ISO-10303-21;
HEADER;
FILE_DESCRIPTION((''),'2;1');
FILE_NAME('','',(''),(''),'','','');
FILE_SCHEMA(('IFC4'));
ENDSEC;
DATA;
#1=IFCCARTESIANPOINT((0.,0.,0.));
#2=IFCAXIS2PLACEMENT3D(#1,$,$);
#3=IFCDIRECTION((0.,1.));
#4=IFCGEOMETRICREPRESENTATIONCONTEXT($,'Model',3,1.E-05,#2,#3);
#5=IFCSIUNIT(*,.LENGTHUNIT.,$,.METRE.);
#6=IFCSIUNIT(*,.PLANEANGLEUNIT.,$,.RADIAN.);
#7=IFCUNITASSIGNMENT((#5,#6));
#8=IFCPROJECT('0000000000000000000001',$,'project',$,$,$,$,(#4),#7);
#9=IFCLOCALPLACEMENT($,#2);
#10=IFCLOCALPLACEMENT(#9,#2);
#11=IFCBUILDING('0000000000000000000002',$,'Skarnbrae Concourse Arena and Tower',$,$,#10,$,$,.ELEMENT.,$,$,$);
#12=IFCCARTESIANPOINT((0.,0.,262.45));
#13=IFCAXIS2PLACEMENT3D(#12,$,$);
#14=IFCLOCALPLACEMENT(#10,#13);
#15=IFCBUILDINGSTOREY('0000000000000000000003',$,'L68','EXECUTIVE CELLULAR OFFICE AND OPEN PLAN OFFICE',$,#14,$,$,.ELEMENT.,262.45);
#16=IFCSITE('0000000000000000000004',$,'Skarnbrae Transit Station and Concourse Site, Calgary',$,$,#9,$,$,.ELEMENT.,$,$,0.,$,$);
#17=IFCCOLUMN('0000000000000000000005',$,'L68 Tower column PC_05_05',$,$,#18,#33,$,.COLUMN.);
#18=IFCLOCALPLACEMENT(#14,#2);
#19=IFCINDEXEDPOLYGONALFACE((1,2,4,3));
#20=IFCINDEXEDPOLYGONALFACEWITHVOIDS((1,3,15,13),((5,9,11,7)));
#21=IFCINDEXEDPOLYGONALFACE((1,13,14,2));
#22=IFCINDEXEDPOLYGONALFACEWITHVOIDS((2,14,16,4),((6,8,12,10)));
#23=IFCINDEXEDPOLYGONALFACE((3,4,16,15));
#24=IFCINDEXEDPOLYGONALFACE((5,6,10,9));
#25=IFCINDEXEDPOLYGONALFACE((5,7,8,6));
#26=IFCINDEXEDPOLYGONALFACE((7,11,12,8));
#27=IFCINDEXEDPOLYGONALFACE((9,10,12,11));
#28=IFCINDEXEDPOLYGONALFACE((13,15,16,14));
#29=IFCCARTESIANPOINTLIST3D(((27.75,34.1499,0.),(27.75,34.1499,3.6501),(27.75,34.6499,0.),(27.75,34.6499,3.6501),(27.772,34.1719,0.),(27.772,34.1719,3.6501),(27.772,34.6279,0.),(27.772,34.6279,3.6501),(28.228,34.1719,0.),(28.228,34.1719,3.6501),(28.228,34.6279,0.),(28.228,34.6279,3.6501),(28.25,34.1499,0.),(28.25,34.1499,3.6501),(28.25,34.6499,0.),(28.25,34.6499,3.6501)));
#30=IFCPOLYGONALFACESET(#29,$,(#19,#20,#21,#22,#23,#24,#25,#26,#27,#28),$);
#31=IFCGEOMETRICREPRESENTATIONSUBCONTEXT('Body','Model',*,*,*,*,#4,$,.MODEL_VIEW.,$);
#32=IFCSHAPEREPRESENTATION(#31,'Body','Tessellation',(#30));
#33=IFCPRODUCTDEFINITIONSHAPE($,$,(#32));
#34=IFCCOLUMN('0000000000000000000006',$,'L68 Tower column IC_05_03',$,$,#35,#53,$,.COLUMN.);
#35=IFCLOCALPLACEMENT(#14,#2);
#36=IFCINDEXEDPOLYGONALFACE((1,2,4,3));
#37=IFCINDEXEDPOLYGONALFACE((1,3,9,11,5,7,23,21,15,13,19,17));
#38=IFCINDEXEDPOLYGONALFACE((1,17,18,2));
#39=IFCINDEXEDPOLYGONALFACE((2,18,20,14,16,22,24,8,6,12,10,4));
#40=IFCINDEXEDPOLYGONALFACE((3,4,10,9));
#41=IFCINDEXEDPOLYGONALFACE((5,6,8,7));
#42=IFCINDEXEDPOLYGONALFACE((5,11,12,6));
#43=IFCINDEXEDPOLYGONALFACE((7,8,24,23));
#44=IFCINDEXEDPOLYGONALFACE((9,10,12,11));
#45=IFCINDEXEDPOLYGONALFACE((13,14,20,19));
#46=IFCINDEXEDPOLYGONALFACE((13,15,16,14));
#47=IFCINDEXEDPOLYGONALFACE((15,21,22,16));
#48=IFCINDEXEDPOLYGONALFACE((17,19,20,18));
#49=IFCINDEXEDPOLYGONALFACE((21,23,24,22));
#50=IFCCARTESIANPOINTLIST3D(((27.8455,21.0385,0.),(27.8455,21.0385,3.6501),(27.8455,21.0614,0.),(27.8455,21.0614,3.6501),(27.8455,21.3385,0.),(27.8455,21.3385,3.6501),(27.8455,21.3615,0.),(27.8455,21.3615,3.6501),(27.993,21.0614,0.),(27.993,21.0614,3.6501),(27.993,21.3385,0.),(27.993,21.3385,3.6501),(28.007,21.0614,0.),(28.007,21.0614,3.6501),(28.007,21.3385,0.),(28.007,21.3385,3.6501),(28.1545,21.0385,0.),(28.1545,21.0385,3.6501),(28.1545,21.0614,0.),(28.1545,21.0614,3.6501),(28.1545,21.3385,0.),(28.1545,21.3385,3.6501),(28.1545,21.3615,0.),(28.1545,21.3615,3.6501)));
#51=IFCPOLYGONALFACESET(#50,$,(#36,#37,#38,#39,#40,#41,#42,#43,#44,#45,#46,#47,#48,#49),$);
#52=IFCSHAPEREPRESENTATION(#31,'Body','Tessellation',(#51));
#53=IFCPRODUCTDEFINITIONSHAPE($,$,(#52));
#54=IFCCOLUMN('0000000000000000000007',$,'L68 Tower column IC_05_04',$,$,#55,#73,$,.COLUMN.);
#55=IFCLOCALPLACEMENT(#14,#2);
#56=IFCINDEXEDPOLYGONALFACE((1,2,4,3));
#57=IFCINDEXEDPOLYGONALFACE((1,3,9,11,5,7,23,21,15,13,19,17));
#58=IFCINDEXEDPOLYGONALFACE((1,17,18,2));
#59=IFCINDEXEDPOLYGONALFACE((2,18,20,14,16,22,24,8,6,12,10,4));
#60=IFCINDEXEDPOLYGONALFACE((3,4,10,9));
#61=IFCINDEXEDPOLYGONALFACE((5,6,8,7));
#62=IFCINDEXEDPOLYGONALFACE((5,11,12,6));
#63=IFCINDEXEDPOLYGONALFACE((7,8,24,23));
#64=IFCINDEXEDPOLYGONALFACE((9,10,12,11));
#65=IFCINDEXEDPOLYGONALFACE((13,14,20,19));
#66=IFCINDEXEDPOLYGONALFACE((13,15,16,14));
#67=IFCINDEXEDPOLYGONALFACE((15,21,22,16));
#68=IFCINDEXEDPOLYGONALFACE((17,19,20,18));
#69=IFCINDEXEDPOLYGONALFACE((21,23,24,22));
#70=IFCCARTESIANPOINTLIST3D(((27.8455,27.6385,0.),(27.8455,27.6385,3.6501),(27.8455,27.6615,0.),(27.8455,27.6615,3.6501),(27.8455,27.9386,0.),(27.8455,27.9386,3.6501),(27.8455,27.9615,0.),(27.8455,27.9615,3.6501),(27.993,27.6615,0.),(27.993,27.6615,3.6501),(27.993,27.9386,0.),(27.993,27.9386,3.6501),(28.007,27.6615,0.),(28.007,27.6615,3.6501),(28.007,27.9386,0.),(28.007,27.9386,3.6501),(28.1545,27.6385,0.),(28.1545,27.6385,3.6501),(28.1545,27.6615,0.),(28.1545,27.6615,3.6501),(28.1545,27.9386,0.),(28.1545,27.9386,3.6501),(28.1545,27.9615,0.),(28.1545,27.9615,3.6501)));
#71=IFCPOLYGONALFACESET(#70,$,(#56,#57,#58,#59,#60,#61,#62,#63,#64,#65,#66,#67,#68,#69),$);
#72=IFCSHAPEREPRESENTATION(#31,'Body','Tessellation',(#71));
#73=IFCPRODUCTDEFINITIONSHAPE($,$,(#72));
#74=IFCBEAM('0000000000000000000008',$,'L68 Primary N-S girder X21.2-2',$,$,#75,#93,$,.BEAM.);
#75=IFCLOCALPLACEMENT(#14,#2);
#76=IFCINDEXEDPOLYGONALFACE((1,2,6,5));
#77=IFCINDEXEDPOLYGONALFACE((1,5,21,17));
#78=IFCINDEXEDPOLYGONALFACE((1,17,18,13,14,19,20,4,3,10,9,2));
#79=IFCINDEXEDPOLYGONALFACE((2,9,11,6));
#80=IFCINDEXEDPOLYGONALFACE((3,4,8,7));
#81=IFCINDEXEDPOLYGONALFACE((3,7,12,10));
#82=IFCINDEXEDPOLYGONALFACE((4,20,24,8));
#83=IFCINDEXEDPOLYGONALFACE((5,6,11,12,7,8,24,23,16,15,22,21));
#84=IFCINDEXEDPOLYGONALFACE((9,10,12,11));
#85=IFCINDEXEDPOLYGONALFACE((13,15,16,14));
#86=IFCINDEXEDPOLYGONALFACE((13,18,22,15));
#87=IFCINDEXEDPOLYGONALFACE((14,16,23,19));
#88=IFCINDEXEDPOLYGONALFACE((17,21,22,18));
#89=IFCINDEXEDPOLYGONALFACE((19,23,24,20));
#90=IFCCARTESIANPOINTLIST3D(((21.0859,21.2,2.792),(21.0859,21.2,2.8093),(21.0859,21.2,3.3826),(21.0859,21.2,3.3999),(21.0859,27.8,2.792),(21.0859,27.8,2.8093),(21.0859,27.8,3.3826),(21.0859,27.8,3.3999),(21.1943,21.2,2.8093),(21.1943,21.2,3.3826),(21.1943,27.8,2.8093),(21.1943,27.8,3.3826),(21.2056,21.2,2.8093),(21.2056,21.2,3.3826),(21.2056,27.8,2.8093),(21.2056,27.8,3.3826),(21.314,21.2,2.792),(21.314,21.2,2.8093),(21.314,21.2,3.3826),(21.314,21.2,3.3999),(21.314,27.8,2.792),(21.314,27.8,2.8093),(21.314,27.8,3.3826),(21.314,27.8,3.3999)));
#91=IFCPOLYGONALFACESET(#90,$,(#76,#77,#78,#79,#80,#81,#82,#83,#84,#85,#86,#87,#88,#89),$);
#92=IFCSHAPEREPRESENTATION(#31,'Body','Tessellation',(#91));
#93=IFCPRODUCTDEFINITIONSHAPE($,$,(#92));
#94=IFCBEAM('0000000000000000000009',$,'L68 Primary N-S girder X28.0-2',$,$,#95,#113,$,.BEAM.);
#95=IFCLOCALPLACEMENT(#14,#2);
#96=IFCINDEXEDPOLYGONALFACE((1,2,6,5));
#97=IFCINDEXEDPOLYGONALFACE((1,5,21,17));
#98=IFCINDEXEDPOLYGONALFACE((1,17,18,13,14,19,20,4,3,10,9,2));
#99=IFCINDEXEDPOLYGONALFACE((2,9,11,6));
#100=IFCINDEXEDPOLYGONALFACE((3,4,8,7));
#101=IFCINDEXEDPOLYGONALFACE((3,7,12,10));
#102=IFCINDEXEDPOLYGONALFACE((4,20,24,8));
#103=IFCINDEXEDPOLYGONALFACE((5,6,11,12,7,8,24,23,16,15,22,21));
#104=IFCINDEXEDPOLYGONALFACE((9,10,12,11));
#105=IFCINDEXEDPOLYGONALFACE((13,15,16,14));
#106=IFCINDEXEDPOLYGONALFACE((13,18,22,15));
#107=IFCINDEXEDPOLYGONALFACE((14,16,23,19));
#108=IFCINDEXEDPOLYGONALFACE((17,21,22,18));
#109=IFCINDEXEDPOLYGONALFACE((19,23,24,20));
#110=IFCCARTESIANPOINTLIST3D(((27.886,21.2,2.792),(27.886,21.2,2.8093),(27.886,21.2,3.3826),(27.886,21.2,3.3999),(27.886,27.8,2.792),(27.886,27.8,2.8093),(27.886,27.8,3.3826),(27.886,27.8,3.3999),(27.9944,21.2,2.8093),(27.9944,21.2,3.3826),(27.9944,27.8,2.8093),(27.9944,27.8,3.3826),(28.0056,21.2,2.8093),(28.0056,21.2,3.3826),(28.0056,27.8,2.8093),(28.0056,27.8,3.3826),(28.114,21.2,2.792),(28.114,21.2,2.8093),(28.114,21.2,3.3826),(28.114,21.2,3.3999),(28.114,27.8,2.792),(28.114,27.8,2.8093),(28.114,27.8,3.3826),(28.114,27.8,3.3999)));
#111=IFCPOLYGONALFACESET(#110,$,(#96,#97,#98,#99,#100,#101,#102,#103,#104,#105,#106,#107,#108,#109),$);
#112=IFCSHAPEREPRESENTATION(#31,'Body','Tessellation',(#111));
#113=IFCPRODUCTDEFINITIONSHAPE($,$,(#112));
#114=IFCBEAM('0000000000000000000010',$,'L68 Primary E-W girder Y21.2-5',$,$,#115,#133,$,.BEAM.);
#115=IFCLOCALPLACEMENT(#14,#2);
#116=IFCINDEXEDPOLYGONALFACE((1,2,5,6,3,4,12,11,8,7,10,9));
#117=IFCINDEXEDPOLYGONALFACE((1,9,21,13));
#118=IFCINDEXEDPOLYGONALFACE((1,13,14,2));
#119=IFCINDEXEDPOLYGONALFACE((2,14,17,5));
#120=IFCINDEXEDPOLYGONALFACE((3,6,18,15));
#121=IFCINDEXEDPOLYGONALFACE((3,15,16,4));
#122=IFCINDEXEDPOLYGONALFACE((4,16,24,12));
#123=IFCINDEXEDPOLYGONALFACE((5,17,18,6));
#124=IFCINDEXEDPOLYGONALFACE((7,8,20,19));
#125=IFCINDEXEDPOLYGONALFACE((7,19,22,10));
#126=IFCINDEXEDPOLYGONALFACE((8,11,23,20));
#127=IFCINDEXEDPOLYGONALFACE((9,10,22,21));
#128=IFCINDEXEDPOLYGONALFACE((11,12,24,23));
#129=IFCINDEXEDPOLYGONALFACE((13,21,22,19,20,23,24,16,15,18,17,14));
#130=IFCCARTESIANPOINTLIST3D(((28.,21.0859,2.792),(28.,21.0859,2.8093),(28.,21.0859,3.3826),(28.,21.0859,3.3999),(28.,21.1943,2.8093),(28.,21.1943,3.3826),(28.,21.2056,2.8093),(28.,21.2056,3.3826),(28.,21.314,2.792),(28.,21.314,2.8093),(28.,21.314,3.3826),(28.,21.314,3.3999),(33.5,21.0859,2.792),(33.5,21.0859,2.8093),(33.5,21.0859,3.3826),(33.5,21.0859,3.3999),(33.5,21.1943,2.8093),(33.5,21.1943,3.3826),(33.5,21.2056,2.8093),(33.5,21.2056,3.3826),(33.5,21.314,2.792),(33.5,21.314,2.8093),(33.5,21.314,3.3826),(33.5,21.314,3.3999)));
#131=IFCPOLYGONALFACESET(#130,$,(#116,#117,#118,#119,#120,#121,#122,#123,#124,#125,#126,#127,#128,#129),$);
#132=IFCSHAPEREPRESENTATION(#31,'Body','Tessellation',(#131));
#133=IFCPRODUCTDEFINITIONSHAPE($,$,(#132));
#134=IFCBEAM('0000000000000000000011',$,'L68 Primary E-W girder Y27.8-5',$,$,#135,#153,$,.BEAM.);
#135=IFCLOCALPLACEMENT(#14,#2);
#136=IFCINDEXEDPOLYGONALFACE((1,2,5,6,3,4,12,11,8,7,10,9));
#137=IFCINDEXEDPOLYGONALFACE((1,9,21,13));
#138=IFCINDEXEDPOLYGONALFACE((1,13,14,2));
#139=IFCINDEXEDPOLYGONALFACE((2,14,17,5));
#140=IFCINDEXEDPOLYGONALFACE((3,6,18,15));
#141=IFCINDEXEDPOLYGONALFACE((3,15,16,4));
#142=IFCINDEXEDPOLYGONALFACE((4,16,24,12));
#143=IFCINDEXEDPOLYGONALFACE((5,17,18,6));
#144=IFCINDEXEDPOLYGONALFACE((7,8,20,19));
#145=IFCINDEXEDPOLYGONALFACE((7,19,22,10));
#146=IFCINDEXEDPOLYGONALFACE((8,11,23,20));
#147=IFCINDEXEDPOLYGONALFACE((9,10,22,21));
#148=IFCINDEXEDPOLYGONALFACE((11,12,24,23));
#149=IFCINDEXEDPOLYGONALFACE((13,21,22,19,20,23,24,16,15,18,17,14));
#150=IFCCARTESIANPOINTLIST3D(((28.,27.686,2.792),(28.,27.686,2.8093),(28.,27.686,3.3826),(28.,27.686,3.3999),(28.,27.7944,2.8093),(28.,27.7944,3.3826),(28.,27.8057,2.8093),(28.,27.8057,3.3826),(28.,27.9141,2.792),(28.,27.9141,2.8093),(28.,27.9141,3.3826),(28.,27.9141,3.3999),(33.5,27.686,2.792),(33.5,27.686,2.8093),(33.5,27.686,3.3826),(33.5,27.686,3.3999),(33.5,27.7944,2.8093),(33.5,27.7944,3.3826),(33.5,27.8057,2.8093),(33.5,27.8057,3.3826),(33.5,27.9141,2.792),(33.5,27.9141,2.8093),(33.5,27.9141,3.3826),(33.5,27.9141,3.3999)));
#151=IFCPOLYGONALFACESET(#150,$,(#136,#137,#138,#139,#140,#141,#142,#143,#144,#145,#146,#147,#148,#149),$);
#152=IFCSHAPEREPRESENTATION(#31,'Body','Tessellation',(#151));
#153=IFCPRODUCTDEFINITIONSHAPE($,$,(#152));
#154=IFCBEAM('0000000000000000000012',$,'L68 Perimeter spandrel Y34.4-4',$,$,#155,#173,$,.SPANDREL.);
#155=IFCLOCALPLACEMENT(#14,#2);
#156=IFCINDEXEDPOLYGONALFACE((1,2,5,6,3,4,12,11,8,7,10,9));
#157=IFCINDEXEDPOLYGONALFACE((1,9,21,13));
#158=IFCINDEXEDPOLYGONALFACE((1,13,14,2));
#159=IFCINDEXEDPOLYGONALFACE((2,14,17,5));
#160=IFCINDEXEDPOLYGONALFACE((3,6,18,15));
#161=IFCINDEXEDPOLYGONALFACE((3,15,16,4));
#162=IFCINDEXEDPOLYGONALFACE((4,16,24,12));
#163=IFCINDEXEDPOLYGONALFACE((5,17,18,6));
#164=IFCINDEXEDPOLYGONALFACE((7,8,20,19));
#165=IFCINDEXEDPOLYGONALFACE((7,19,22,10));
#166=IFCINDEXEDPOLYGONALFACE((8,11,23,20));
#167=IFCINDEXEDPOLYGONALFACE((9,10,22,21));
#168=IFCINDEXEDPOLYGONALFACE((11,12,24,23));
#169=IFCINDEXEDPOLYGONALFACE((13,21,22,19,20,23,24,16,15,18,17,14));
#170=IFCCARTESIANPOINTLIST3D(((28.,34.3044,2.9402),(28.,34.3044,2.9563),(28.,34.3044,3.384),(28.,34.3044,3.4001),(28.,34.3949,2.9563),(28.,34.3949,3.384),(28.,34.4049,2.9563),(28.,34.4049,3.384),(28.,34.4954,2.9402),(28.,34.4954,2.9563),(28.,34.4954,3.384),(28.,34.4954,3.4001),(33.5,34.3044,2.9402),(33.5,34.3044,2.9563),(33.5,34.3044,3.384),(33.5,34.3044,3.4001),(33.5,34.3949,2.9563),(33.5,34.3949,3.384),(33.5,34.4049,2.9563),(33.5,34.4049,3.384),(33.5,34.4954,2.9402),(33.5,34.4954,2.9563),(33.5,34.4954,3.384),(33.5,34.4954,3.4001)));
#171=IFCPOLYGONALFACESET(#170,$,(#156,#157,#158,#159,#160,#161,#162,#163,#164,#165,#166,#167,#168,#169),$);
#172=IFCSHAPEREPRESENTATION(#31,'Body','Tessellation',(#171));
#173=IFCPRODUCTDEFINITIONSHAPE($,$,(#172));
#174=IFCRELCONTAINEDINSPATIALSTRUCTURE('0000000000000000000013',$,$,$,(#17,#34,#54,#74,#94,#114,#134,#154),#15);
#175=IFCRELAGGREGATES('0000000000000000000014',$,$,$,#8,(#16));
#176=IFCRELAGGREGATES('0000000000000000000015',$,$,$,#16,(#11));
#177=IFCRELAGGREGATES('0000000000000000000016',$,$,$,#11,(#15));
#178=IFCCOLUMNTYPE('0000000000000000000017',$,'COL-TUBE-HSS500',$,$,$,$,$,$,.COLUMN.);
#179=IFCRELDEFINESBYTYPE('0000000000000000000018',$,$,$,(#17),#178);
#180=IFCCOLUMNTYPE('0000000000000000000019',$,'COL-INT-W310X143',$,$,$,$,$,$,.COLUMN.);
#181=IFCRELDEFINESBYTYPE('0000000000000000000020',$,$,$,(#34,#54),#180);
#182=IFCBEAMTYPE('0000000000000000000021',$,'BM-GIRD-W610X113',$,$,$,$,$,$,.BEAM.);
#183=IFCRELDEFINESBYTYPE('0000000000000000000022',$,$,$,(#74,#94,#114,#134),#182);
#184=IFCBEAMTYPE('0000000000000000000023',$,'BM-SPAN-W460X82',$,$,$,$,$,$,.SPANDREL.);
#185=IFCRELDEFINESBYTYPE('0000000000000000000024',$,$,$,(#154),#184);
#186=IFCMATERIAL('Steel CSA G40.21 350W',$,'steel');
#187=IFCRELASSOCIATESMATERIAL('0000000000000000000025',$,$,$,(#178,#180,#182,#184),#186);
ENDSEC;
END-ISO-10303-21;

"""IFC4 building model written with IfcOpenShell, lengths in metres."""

from ifc_helpers import new_model, si_unit, direction, frame, origin, origin_2d, place, context, subcontext, project, spatial, hollow_rectangle, i_section, extrude, source, transform, mapped, material, material_profile, profile_set, type_object, element, save


model = new_model("IFC4")

# Units and contexts
model_context = context("Model", 3, precision=1e-05, world=origin(), true_north=direction((0.0, 1.0)))
body_context = subcontext(model_context, "Body", "Model", "MODEL_VIEW")
ifc_project = project(units=[si_unit("LENGTHUNIT", "METRE"), si_unit("PLANEANGLEUNIT", "RADIAN")], contexts=[model_context])

# Site, building, storey
site_placement = place(None, origin())
site = spatial("IfcSite", under=ifc_project, at=site_placement, Name="Skarnbrae Transit Station and Concourse Site, Calgary", CompositionType="ELEMENT", RefElevation=0.0)
building_placement = place(site_placement, origin())
building = spatial("IfcBuilding", under=site, at=building_placement, Name="Skarnbrae Concourse Arena and Tower", CompositionType="ELEMENT")
storey_placement = place(building_placement, frame((0.0, 0.0, 262.45)))
storey = spatial("IfcBuildingStorey", under=building, at=storey_placement, Name="L68", Description="EXECUTIVE CELLULAR OFFICE AND OPEN PLAN OFFICE", CompositionType="ELEMENT", Elevation=262.45)

# Columns
ifc_material_1 = material(Name="Steel CSA G40.21 350W", Category="steel")
ifc_material_profile_1 = material_profile(ifc_material_1, hollow_rectangle(XDim=0.5, YDim=0.5, WallThickness=0.022, at=origin_2d()), Name="HSS500X500X22.0")
ifc_profile_set_1 = profile_set([ifc_material_profile_1], Name="Steel CSA G40.21 350W")
column_type_1 = type_object("IfcColumnType", Name="COL-TUBE-HSS500", PredefinedType="COLUMN", material=ifc_profile_set_1)
shared_shape_1 = source(origin(), body_context, "Body", "SweptSolid", [
    extrude(hollow_rectangle(XDim=0.5, YDim=0.5, WallThickness=0.022, at=origin_2d()), origin(), (0.0, 0.0, 1.0), 3.6501),
])
column_placement = place(storey_placement, frame((28.0, 34.3999, 0.0), z_axis=(0.0, 0.0, 1.0), x_axis=(1.0, 0.0, 0.0)))
element("IfcColumn", 1, at=column_placement, inside=storey, type_object=column_type_1, Name="L68 Tower column PC_05_05", PredefinedType="COLUMN", context=body_context, shape_type="MappedRepresentation", body=[
    mapped(shared_shape_1, transform((0.0, 0.0, 0.0))),
])
ifc_material_profile_2 = material_profile(ifc_material_1, i_section(OverallWidth=0.3091, OverallDepth=0.323, WebThickness=0.0139, FlangeThickness=0.0229, at=origin_2d()), Name="W310X143")
ifc_profile_set_2 = profile_set([ifc_material_profile_2], Name="Steel CSA G40.21 350W")
column_type_2 = type_object("IfcColumnType", Name="COL-INT-W310X143", PredefinedType="COLUMN", material=ifc_profile_set_2)
shared_shape_2 = source(origin(), body_context, "Body", "SweptSolid", [
    extrude(i_section(OverallWidth=0.3091, OverallDepth=0.323, WebThickness=0.0139, FlangeThickness=0.0229, at=origin_2d()), origin(), (0.0, 0.0, 1.0), 3.6501),
])
for number, where, z_axis, x_axis, name in (
    (2, (28.0, 21.2, 0.0), (0.0, 0.0, 1.0), (1.0, 0.0, 0.0), "L68 Tower column IC_05_03"),
    (3, (28.0, 27.8, 0.0), (0.0, 0.0, 1.0), (1.0, 0.0, 0.0), "L68 Tower column IC_05_04"),
):
    element("IfcColumn", number, at=place(storey_placement, frame(where, z_axis=z_axis, x_axis=x_axis)), inside=storey, type_object=column_type_2, Name=name, PredefinedType="COLUMN", context=body_context, shape_type="MappedRepresentation", body=[
        mapped(shared_shape_2, transform((0.0, 0.0, 0.0))),
    ])

# Beams
ifc_material_profile_3 = material_profile(ifc_material_1, i_section(OverallWidth=0.228, OverallDepth=0.6079, WebThickness=0.0112, FlangeThickness=0.0173, at=origin_2d()), Name="W610X113")
ifc_profile_set_3 = profile_set([ifc_material_profile_3], Name="Steel CSA G40.21 350W")
beam_type_1 = type_object("IfcBeamType", Name="BM-GIRD-W610X113", PredefinedType="BEAM", material=ifc_profile_set_3)
shared_shape_3 = source(origin(), body_context, "Body", "SweptSolid", [
    extrude(i_section(OverallWidth=0.228, OverallDepth=0.6079, WebThickness=0.0112, FlangeThickness=0.0173, at=origin_2d()), origin(), (0.0, 0.0, 1.0), 6.6001),
])
for number, where, z_axis, x_axis, name in (
    (4, (21.2, 21.2, 3.0959), (0.0, 1.0, 0.0), (-1.0, 0.0, 0.0), "L68 Primary N-S girder X21.2-2"),
    (5, (28.0, 21.2, 3.0959), (0.0, 1.0, 0.0), (-1.0, 0.0, 0.0), "L68 Primary N-S girder X28.0-2"),
):
    element("IfcBeam", number, at=place(storey_placement, frame(where, z_axis=z_axis, x_axis=x_axis)), inside=storey, type_object=beam_type_1, Name=name, PredefinedType="BEAM", context=body_context, shape_type="MappedRepresentation", body=[
        mapped(shared_shape_3, transform((0.0, 0.0, 0.0))),
    ])
shared_shape_4 = source(origin(), body_context, "Body", "SweptSolid", [
    extrude(i_section(OverallWidth=0.228, OverallDepth=0.6079, WebThickness=0.0112, FlangeThickness=0.0173, at=origin_2d()), origin(), (0.0, 0.0, 1.0), 5.5),
])
for number, where, z_axis, x_axis, name in (
    (6, (28.0, 21.2, 3.0959), (1.0, 0.0, 0.0), (0.0, 1.0, 0.0), "L68 Primary E-W girder Y21.2-5"),
    (7, (28.0, 27.8, 3.0959), (1.0, 0.0, 0.0), (0.0, 1.0, 0.0), "L68 Primary E-W girder Y27.8-5"),
):
    element("IfcBeam", number, at=place(storey_placement, frame(where, z_axis=z_axis, x_axis=x_axis)), inside=storey, type_object=beam_type_1, Name=name, PredefinedType="BEAM", context=body_context, shape_type="MappedRepresentation", body=[
        mapped(shared_shape_4, transform((0.0, 0.0, 0.0))),
    ])
ifc_material_profile_4 = material_profile(ifc_material_1, i_section(OverallWidth=0.1909, OverallDepth=0.46, WebThickness=0.01, FlangeThickness=0.0161, at=origin_2d()), Name="W460X82")
ifc_profile_set_4 = profile_set([ifc_material_profile_4], Name="Steel CSA G40.21 350W")
beam_type_2 = type_object("IfcBeamType", Name="BM-SPAN-W460X82", PredefinedType="SPANDREL", material=ifc_profile_set_4)
shared_shape_5 = source(origin(), body_context, "Body", "SweptSolid", [
    extrude(i_section(OverallWidth=0.1909, OverallDepth=0.46, WebThickness=0.01, FlangeThickness=0.0161, at=origin_2d()), origin(), (0.0, 0.0, 1.0), 5.5),
])
beam_placement = place(storey_placement, frame((28.0, 34.3999, 3.1702), z_axis=(1.0, 0.0, 0.0), x_axis=(0.0, 1.0, 0.0)))
element("IfcBeam", 8, at=beam_placement, inside=storey, type_object=beam_type_2, Name="L68 Perimeter spandrel Y34.4-4", PredefinedType="SPANDREL", context=body_context, shape_type="MappedRepresentation", body=[
    mapped(shared_shape_5, transform((0.0, 0.0, 0.0))),
])

save(model, "model.ifc")
